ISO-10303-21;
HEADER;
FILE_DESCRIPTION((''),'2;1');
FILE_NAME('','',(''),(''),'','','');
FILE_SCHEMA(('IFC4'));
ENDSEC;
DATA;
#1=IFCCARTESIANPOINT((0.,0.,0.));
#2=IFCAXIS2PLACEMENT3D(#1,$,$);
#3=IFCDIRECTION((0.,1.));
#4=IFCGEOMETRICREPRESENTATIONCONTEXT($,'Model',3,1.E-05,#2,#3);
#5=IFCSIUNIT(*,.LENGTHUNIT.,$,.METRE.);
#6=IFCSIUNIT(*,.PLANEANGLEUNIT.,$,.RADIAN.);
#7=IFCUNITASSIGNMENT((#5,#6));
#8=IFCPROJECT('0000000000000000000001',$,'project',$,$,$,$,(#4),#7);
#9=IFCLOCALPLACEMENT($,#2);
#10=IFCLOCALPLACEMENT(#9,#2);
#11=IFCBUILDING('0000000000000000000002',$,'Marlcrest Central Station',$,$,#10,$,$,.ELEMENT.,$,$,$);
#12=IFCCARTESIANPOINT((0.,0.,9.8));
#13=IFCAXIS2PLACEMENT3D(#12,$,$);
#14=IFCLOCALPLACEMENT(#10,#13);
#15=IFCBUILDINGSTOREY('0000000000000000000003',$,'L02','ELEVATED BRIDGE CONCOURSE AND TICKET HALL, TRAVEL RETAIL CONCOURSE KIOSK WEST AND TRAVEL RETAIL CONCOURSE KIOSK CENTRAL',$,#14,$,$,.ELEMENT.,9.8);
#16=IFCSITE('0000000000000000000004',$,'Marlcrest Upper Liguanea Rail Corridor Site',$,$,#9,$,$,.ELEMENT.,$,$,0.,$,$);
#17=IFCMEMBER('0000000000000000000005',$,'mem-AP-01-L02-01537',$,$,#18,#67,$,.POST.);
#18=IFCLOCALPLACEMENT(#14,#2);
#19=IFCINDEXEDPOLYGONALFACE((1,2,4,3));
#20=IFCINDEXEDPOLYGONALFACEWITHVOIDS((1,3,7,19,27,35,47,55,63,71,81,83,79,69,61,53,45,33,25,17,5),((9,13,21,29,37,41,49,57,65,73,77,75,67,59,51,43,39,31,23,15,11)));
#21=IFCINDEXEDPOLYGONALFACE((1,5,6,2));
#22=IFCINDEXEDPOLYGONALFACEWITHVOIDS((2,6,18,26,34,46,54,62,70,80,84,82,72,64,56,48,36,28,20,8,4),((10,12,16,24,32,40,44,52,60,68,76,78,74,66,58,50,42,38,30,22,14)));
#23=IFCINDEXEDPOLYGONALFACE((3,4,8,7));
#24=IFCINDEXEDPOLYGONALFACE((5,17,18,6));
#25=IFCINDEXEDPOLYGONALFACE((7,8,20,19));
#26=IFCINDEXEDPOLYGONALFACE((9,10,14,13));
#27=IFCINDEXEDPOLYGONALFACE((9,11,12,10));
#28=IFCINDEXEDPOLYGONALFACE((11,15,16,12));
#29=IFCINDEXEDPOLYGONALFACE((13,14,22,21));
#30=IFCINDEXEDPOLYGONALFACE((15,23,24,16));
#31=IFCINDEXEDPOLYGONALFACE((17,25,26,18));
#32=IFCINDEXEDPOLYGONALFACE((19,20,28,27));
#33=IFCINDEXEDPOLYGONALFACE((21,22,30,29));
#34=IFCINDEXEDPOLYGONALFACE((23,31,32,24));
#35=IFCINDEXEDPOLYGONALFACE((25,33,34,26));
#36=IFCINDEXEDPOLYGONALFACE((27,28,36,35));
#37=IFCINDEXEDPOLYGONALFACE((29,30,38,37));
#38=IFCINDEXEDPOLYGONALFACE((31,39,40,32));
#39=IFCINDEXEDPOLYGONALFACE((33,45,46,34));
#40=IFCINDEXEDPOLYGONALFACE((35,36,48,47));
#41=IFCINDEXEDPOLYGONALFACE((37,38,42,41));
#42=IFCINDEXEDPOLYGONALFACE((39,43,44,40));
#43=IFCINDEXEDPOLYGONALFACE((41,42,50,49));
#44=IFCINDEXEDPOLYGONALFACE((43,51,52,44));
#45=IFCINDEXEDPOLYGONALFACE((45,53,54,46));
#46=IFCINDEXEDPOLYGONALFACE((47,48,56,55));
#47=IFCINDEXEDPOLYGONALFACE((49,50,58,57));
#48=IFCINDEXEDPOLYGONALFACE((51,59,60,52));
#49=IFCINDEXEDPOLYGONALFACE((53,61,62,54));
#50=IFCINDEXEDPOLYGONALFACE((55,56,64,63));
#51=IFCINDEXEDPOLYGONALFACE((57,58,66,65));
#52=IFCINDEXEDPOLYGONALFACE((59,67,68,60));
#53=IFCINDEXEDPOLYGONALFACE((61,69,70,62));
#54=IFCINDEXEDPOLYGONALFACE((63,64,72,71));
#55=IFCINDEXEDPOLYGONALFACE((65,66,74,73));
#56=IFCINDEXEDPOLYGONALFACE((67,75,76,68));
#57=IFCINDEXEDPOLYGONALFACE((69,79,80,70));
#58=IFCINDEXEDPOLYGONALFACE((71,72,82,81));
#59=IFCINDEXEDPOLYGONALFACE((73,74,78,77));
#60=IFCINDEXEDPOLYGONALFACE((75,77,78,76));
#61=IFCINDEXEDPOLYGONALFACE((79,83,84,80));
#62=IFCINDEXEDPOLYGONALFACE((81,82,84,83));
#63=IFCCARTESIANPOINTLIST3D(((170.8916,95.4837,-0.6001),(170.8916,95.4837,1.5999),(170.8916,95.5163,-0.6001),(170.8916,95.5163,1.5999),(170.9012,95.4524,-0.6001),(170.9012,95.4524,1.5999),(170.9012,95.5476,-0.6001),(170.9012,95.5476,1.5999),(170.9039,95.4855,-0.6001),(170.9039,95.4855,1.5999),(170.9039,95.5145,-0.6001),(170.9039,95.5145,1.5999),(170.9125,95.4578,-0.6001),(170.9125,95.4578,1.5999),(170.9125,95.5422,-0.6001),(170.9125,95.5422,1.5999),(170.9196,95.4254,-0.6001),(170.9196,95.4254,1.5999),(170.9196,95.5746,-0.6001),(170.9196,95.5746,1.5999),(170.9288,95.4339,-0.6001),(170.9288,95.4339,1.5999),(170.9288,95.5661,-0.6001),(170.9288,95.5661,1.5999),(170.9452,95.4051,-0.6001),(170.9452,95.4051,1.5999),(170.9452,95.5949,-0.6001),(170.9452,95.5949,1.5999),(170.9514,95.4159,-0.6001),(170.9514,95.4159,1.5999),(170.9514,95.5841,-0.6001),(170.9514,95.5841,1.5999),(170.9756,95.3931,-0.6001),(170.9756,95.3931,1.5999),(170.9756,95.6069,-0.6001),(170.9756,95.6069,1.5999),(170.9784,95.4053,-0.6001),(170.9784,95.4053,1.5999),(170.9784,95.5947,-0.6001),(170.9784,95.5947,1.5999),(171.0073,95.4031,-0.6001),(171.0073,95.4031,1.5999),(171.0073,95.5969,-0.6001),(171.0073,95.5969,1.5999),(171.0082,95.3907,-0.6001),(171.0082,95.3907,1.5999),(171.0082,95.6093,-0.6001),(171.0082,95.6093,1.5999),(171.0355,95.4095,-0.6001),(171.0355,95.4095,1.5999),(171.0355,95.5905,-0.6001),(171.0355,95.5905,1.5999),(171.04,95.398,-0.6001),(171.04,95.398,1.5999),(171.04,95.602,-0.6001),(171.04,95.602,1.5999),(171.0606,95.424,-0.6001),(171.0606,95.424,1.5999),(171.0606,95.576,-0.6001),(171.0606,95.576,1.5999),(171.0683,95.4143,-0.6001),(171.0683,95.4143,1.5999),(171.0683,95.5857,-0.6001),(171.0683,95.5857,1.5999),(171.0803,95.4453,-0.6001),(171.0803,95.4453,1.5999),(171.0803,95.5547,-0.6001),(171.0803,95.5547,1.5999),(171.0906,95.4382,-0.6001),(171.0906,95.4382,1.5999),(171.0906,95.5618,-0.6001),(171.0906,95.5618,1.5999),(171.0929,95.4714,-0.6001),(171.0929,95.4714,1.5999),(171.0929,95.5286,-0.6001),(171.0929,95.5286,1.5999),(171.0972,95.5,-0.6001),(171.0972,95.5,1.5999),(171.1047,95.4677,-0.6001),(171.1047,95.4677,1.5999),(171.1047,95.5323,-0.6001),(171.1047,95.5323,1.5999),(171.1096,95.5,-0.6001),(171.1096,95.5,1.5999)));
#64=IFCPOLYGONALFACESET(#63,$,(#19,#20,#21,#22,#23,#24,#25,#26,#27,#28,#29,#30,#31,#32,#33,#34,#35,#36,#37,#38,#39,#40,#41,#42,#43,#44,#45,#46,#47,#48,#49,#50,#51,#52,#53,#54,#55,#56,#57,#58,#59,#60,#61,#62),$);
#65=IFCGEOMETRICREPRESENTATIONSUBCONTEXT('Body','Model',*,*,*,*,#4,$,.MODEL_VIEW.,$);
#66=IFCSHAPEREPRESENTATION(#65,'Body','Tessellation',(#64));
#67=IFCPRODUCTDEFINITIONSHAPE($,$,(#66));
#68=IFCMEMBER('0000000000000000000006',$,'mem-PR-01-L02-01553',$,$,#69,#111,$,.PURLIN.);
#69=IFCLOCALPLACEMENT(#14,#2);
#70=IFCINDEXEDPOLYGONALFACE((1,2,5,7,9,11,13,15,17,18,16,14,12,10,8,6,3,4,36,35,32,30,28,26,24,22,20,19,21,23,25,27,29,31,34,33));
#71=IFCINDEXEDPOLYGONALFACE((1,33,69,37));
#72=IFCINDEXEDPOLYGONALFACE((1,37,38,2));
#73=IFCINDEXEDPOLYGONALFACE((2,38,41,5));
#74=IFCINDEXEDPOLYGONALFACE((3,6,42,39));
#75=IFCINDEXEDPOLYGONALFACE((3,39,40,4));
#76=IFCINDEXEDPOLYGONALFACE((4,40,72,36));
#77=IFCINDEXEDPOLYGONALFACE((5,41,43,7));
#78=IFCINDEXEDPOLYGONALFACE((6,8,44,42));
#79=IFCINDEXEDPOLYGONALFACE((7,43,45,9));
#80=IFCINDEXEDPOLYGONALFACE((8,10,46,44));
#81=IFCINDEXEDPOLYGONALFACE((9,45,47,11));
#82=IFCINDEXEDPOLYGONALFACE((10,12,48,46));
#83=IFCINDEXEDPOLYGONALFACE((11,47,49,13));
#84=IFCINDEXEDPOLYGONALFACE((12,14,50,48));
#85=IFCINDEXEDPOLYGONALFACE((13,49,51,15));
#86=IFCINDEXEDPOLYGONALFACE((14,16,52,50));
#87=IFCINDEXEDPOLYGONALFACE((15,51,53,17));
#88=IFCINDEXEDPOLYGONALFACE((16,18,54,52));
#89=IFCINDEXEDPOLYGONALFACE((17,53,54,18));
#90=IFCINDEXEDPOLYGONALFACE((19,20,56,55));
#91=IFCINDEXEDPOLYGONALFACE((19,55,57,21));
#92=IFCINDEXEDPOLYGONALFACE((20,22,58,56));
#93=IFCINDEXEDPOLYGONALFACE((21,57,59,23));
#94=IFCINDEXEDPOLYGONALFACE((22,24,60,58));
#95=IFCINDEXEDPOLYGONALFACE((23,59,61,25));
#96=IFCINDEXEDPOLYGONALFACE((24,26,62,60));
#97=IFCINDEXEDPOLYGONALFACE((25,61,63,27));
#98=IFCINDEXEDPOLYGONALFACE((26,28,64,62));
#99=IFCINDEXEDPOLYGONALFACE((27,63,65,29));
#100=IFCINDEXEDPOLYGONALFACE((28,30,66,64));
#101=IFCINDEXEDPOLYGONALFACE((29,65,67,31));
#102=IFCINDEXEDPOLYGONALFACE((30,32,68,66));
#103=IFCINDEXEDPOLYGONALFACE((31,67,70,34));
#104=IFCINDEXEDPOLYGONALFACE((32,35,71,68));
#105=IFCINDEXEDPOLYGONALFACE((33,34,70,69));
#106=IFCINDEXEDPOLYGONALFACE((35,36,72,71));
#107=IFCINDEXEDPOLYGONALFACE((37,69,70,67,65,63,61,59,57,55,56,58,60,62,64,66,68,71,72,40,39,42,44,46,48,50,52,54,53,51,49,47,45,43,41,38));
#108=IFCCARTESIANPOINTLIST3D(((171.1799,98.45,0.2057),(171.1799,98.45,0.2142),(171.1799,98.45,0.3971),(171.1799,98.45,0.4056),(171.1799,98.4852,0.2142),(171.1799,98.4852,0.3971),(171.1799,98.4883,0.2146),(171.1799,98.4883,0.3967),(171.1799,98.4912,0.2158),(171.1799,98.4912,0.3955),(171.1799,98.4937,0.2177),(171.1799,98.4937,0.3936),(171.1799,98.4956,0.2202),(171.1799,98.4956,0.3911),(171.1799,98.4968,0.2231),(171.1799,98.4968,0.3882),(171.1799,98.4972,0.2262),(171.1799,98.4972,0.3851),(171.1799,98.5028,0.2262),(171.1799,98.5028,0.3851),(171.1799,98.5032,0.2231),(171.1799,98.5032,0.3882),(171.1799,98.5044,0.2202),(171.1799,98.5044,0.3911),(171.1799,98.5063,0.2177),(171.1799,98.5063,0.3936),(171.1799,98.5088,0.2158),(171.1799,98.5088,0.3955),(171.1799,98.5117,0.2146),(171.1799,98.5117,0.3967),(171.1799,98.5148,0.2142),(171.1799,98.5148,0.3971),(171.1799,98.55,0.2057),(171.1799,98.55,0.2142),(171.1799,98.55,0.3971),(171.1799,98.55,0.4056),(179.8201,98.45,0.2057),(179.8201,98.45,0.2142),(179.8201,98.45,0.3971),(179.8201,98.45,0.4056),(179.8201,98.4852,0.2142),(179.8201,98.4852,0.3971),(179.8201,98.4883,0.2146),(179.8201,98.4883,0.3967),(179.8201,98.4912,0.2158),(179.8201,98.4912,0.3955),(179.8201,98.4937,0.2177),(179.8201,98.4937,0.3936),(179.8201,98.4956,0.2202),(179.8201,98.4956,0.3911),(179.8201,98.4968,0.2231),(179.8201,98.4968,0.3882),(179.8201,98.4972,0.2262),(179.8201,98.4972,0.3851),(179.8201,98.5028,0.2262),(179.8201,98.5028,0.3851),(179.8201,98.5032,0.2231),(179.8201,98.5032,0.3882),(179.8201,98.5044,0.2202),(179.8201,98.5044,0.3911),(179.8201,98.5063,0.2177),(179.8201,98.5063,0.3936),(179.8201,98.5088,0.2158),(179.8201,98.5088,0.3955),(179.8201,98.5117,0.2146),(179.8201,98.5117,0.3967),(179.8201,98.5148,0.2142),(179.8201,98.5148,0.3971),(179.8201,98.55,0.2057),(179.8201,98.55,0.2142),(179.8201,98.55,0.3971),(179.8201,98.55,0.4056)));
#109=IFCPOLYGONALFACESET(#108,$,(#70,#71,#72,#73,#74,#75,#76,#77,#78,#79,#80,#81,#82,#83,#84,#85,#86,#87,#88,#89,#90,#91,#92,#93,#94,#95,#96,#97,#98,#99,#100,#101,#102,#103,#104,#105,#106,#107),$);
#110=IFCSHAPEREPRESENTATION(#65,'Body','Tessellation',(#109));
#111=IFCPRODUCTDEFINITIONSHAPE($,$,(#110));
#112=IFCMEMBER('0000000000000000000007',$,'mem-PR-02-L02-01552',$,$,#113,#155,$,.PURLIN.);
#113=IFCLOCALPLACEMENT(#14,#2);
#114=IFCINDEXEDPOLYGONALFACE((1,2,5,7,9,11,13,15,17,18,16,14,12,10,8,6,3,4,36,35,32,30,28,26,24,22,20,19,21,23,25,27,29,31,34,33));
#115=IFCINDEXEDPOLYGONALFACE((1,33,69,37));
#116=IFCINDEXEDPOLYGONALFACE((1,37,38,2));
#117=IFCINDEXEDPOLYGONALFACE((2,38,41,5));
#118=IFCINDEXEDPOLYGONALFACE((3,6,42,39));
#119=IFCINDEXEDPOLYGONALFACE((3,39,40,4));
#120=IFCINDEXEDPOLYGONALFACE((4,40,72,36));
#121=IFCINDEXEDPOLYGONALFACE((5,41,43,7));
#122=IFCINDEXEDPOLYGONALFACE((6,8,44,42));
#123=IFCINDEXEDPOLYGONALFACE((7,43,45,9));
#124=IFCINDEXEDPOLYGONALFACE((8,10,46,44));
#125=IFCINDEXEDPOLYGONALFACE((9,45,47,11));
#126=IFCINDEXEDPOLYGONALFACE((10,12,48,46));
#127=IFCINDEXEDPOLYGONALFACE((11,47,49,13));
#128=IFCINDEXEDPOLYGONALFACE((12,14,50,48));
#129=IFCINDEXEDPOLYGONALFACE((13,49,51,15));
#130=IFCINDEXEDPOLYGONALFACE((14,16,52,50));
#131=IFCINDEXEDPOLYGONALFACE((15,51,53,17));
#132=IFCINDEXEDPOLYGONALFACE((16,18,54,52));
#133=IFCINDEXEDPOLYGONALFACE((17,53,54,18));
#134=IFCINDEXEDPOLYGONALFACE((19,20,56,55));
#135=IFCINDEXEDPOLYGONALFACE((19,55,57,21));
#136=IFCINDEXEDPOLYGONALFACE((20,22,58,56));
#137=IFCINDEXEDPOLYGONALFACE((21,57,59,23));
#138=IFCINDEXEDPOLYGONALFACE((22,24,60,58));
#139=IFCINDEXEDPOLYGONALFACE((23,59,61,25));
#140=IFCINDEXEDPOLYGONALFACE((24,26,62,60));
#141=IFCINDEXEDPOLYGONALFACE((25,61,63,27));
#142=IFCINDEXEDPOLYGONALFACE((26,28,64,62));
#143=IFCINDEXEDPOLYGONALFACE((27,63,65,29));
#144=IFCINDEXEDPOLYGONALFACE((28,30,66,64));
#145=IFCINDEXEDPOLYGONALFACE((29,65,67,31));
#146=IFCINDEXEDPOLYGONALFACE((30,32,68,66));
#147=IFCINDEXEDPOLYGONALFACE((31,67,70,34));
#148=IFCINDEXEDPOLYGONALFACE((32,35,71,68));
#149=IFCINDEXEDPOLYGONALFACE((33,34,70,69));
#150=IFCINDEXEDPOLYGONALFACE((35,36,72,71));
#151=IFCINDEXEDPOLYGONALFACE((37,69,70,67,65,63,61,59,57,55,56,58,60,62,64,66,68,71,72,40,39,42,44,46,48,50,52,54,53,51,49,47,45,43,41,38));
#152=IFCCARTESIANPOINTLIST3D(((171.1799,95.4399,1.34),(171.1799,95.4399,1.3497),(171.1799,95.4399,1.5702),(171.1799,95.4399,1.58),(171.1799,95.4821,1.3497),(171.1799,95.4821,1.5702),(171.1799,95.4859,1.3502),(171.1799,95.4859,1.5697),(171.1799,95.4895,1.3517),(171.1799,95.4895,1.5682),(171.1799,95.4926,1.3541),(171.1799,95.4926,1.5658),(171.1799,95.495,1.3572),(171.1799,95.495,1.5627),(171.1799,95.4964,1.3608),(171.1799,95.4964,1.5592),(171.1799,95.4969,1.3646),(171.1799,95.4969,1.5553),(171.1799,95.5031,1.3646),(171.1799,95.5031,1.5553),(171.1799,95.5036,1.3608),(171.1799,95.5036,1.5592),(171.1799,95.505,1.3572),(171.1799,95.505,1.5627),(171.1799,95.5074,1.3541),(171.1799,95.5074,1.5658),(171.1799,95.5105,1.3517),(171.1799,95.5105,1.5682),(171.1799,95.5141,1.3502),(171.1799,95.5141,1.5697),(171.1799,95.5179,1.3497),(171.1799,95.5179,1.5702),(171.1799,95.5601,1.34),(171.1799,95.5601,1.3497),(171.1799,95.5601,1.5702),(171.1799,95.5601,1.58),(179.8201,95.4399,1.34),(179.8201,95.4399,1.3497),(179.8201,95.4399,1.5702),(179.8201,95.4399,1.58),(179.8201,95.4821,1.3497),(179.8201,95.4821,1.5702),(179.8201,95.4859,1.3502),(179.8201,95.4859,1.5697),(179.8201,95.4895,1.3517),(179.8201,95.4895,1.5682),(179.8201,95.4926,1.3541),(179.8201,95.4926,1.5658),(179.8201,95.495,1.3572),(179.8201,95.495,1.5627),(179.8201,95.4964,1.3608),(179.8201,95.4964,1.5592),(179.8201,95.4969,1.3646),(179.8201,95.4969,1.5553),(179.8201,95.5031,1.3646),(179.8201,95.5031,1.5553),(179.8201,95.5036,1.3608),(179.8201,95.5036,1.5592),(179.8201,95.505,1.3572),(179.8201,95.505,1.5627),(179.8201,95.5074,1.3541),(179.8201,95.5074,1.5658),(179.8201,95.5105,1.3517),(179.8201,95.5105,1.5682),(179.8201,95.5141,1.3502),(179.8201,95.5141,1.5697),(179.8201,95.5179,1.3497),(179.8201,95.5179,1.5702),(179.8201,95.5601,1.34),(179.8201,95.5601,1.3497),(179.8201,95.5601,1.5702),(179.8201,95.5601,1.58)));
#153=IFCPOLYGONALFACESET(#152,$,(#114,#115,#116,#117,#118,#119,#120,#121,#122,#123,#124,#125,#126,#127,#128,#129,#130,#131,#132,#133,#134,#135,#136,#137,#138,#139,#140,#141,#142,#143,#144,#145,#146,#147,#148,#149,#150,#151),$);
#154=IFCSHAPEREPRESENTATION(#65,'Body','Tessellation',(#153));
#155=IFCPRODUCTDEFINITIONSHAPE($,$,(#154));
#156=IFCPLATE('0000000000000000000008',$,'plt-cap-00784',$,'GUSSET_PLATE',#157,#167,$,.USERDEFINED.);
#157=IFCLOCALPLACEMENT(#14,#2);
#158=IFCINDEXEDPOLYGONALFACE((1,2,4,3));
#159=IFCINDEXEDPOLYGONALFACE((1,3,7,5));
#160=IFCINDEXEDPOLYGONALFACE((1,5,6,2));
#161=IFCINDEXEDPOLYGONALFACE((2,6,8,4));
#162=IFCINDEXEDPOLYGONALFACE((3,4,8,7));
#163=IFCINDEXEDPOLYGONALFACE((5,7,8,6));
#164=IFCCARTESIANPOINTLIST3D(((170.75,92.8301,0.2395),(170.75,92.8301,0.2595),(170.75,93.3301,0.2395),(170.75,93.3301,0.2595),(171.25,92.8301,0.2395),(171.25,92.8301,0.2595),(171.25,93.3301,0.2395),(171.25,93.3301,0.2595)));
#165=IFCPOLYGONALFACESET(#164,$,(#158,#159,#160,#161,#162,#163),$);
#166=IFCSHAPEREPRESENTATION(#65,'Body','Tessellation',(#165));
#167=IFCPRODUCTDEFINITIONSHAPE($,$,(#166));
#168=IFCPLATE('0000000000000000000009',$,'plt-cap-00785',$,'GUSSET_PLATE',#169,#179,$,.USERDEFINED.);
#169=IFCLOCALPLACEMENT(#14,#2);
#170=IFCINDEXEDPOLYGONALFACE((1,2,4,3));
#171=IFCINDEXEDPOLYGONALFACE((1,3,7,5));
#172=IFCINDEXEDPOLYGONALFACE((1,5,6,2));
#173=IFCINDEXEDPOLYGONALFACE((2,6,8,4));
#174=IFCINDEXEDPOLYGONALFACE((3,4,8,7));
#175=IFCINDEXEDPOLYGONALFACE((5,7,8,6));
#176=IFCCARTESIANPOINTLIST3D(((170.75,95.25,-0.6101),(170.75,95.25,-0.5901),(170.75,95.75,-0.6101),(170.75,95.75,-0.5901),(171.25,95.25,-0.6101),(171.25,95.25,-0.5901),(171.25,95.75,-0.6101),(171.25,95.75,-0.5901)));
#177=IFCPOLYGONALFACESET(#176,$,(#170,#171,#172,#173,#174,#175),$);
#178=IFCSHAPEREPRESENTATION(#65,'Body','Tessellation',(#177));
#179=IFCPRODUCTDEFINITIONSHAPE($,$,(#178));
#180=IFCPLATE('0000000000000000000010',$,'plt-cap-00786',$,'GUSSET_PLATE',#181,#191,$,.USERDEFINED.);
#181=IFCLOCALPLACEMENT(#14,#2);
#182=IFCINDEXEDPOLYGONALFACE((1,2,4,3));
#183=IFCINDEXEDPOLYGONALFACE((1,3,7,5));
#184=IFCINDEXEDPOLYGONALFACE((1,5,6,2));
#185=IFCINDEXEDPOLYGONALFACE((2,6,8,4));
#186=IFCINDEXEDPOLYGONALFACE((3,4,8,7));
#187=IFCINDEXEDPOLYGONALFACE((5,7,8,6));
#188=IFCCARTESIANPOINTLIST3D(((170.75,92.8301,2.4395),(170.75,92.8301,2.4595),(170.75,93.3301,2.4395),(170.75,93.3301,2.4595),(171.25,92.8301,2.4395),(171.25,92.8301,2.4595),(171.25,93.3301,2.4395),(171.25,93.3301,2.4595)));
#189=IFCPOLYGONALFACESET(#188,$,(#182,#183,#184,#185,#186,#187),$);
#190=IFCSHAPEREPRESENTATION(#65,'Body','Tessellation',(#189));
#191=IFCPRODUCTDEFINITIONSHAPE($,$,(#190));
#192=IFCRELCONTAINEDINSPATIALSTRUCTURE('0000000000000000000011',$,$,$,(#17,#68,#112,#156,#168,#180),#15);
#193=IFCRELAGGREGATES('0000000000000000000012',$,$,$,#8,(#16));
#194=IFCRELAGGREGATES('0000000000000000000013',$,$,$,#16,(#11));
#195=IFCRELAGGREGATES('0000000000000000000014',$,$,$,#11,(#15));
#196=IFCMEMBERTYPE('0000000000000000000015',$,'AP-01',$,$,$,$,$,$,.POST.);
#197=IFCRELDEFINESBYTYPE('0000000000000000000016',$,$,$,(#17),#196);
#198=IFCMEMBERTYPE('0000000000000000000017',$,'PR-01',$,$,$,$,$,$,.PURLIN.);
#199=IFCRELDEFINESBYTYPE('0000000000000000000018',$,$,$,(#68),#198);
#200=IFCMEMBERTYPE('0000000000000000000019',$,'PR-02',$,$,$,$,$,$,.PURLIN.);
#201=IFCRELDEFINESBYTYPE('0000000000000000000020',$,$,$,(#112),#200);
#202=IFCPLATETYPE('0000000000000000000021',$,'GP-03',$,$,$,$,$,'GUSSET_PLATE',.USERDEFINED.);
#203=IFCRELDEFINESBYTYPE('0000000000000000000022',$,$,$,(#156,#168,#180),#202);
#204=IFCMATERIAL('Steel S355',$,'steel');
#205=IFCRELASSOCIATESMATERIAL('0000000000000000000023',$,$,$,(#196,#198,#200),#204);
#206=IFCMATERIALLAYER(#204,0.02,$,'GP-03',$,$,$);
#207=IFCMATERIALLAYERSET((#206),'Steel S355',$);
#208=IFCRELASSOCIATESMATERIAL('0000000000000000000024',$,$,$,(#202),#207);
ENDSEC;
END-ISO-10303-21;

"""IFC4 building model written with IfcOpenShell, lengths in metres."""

from ifc_helpers import new_model, si_unit, direction, frame, origin, origin_2d, place, context, subcontext, project, spatial, rectangle, hollow_circle, i_section, extrude, material, layer, layer_set, material_profile, profile_set, type_object, element, save


model = new_model("IFC4")

# Units and contexts
model_context = context("Model", 3, precision=1e-05, world=origin(), true_north=direction((0.0, 1.0)))
body_context = subcontext(model_context, "Body", "Model", "MODEL_VIEW")
ifc_project = project(units=[si_unit("LENGTHUNIT", "METRE"), si_unit("PLANEANGLEUNIT", "RADIAN")], contexts=[model_context])

# Site, building, storey
site_placement = place(None, origin())
site = spatial("IfcSite", under=ifc_project, at=site_placement, Name="Marlcrest Upper Liguanea Rail Corridor Site", CompositionType="ELEMENT", RefElevation=0.0)
building_placement = place(site_placement, origin())
building = spatial("IfcBuilding", under=site, at=building_placement, Name="Marlcrest Central Station", CompositionType="ELEMENT")
storey_placement = place(building_placement, frame((0.0, 0.0, 9.8)))
storey = spatial("IfcBuildingStorey", under=building, at=storey_placement, Name="L02", Description="ELEVATED BRIDGE CONCOURSE AND TICKET HALL, TRAVEL RETAIL CONCOURSE KIOSK WEST AND TRAVEL RETAIL CONCOURSE KIOSK CENTRAL", CompositionType="ELEMENT", Elevation=9.8)

# Members
ifc_material_1 = material(Name="Steel S355", Category="steel")
ifc_material_profile_1 = material_profile(ifc_material_1, hollow_circle(Radius=0.1096, WallThickness=0.0125, at=origin_2d()), Name="CHS 219.1x12.5")
ifc_profile_set_1 = profile_set([ifc_material_profile_1], Name="Steel S355")
member_type_1 = type_object("IfcMemberType", Name="AP-01", PredefinedType="POST", material=ifc_profile_set_1)
for number, where, z_axis, x_axis, name in (
    (1, (171.0, 95.5, -0.6001), (0.0, 0.0, 1.0), (1.0, 0.0, 0.0), "mem-AP-01-L02-01537"),
):
    element("IfcMember", number, at=place(storey_placement, frame(where, z_axis=z_axis, x_axis=x_axis)), inside=storey, type_object=member_type_1, Name=name, PredefinedType="POST", context=body_context, shape_type="SweptSolid", body=[
        extrude(hollow_circle(Radius=0.1096, WallThickness=0.0125, at=origin_2d()), origin(), (0.0, 0.0, 1.0), 2.2),
    ])
ifc_material_profile_2 = material_profile(ifc_material_1, i_section(OverallWidth=0.1001, OverallDepth=0.2, WebThickness=0.0056, FlangeThickness=0.0085, FilletRadius=0.012, at=origin_2d()), Name="IPE 200")
ifc_profile_set_2 = profile_set([ifc_material_profile_2], Name="Steel S355")
member_type_2 = type_object("IfcMemberType", Name="PR-01", PredefinedType="PURLIN", material=ifc_profile_set_2)
member_1_placement = place(storey_placement, frame((171.1799, 98.5, 0.3057), z_axis=(1.0, 0.0, 0.0), x_axis=(0.0, 1.0, 0.0)))
element("IfcMember", 2, at=member_1_placement, inside=storey, type_object=member_type_2, Name="mem-PR-01-L02-01553", PredefinedType="PURLIN", context=body_context, shape_type="SweptSolid", body=[
    extrude(i_section(OverallWidth=0.1001, OverallDepth=0.2, WebThickness=0.0056, FlangeThickness=0.0085, FilletRadius=0.012, at=origin_2d()), origin(), (0.0, 0.0, 1.0), 8.6401),
])
ifc_material_profile_3 = material_profile(ifc_material_1, i_section(OverallWidth=0.1201, OverallDepth=0.24, WebThickness=0.0061, FlangeThickness=0.0098, FilletRadius=0.0149, at=origin_2d()), Name="IPE 240")
ifc_profile_set_3 = profile_set([ifc_material_profile_3], Name="Steel S355")
member_type_3 = type_object("IfcMemberType", Name="PR-02", PredefinedType="PURLIN", material=ifc_profile_set_3)
member_2_placement = place(storey_placement, frame((171.1799, 95.5, 1.46), z_axis=(1.0, 0.0, 0.0), x_axis=(0.0, 1.0, 0.0)))
element("IfcMember", 3, at=member_2_placement, inside=storey, type_object=member_type_3, Name="mem-PR-02-L02-01552", PredefinedType="PURLIN", context=body_context, shape_type="SweptSolid", body=[
    extrude(i_section(OverallWidth=0.1201, OverallDepth=0.24, WebThickness=0.0061, FlangeThickness=0.0098, FilletRadius=0.0149, at=origin_2d()), origin(), (0.0, 0.0, 1.0), 8.6401),
])

# Plates
ifc_layer_1 = layer(ifc_material_1, 0.02, Name="GP-03")
ifc_layer_set_1 = layer_set([ifc_layer_1], Name="Steel S355")
plate_type = type_object("IfcPlateType", Name="GP-03", ElementType="GUSSET_PLATE", PredefinedType="USERDEFINED", material=ifc_layer_set_1)
for number, where, z_axis, x_axis, name in (
    (4, (171.0, 93.0801, 0.2395), (0.0, 0.0, 1.0), (1.0, 0.0, 0.0), "plt-cap-00784"),
    (5, (171.0, 95.5, -0.6101), (0.0, 0.0, 1.0), (1.0, 0.0, 0.0), "plt-cap-00785"),
    (6, (171.0, 93.0801, 2.4395), (0.0, 0.0, 1.0), (1.0, 0.0, 0.0), "plt-cap-00786"),
):
    element("IfcPlate", number, at=place(storey_placement, frame(where, z_axis=z_axis, x_axis=x_axis)), inside=storey, type_object=plate_type, Name=name, ObjectType="GUSSET_PLATE", PredefinedType="USERDEFINED", context=body_context, shape_type="SweptSolid", body=[
        extrude(rectangle(XDim=0.5, YDim=0.5, at=origin_2d()), origin(), (0.0, 0.0, 1.0), 0.02),
    ])

save(model, "model.ifc")
